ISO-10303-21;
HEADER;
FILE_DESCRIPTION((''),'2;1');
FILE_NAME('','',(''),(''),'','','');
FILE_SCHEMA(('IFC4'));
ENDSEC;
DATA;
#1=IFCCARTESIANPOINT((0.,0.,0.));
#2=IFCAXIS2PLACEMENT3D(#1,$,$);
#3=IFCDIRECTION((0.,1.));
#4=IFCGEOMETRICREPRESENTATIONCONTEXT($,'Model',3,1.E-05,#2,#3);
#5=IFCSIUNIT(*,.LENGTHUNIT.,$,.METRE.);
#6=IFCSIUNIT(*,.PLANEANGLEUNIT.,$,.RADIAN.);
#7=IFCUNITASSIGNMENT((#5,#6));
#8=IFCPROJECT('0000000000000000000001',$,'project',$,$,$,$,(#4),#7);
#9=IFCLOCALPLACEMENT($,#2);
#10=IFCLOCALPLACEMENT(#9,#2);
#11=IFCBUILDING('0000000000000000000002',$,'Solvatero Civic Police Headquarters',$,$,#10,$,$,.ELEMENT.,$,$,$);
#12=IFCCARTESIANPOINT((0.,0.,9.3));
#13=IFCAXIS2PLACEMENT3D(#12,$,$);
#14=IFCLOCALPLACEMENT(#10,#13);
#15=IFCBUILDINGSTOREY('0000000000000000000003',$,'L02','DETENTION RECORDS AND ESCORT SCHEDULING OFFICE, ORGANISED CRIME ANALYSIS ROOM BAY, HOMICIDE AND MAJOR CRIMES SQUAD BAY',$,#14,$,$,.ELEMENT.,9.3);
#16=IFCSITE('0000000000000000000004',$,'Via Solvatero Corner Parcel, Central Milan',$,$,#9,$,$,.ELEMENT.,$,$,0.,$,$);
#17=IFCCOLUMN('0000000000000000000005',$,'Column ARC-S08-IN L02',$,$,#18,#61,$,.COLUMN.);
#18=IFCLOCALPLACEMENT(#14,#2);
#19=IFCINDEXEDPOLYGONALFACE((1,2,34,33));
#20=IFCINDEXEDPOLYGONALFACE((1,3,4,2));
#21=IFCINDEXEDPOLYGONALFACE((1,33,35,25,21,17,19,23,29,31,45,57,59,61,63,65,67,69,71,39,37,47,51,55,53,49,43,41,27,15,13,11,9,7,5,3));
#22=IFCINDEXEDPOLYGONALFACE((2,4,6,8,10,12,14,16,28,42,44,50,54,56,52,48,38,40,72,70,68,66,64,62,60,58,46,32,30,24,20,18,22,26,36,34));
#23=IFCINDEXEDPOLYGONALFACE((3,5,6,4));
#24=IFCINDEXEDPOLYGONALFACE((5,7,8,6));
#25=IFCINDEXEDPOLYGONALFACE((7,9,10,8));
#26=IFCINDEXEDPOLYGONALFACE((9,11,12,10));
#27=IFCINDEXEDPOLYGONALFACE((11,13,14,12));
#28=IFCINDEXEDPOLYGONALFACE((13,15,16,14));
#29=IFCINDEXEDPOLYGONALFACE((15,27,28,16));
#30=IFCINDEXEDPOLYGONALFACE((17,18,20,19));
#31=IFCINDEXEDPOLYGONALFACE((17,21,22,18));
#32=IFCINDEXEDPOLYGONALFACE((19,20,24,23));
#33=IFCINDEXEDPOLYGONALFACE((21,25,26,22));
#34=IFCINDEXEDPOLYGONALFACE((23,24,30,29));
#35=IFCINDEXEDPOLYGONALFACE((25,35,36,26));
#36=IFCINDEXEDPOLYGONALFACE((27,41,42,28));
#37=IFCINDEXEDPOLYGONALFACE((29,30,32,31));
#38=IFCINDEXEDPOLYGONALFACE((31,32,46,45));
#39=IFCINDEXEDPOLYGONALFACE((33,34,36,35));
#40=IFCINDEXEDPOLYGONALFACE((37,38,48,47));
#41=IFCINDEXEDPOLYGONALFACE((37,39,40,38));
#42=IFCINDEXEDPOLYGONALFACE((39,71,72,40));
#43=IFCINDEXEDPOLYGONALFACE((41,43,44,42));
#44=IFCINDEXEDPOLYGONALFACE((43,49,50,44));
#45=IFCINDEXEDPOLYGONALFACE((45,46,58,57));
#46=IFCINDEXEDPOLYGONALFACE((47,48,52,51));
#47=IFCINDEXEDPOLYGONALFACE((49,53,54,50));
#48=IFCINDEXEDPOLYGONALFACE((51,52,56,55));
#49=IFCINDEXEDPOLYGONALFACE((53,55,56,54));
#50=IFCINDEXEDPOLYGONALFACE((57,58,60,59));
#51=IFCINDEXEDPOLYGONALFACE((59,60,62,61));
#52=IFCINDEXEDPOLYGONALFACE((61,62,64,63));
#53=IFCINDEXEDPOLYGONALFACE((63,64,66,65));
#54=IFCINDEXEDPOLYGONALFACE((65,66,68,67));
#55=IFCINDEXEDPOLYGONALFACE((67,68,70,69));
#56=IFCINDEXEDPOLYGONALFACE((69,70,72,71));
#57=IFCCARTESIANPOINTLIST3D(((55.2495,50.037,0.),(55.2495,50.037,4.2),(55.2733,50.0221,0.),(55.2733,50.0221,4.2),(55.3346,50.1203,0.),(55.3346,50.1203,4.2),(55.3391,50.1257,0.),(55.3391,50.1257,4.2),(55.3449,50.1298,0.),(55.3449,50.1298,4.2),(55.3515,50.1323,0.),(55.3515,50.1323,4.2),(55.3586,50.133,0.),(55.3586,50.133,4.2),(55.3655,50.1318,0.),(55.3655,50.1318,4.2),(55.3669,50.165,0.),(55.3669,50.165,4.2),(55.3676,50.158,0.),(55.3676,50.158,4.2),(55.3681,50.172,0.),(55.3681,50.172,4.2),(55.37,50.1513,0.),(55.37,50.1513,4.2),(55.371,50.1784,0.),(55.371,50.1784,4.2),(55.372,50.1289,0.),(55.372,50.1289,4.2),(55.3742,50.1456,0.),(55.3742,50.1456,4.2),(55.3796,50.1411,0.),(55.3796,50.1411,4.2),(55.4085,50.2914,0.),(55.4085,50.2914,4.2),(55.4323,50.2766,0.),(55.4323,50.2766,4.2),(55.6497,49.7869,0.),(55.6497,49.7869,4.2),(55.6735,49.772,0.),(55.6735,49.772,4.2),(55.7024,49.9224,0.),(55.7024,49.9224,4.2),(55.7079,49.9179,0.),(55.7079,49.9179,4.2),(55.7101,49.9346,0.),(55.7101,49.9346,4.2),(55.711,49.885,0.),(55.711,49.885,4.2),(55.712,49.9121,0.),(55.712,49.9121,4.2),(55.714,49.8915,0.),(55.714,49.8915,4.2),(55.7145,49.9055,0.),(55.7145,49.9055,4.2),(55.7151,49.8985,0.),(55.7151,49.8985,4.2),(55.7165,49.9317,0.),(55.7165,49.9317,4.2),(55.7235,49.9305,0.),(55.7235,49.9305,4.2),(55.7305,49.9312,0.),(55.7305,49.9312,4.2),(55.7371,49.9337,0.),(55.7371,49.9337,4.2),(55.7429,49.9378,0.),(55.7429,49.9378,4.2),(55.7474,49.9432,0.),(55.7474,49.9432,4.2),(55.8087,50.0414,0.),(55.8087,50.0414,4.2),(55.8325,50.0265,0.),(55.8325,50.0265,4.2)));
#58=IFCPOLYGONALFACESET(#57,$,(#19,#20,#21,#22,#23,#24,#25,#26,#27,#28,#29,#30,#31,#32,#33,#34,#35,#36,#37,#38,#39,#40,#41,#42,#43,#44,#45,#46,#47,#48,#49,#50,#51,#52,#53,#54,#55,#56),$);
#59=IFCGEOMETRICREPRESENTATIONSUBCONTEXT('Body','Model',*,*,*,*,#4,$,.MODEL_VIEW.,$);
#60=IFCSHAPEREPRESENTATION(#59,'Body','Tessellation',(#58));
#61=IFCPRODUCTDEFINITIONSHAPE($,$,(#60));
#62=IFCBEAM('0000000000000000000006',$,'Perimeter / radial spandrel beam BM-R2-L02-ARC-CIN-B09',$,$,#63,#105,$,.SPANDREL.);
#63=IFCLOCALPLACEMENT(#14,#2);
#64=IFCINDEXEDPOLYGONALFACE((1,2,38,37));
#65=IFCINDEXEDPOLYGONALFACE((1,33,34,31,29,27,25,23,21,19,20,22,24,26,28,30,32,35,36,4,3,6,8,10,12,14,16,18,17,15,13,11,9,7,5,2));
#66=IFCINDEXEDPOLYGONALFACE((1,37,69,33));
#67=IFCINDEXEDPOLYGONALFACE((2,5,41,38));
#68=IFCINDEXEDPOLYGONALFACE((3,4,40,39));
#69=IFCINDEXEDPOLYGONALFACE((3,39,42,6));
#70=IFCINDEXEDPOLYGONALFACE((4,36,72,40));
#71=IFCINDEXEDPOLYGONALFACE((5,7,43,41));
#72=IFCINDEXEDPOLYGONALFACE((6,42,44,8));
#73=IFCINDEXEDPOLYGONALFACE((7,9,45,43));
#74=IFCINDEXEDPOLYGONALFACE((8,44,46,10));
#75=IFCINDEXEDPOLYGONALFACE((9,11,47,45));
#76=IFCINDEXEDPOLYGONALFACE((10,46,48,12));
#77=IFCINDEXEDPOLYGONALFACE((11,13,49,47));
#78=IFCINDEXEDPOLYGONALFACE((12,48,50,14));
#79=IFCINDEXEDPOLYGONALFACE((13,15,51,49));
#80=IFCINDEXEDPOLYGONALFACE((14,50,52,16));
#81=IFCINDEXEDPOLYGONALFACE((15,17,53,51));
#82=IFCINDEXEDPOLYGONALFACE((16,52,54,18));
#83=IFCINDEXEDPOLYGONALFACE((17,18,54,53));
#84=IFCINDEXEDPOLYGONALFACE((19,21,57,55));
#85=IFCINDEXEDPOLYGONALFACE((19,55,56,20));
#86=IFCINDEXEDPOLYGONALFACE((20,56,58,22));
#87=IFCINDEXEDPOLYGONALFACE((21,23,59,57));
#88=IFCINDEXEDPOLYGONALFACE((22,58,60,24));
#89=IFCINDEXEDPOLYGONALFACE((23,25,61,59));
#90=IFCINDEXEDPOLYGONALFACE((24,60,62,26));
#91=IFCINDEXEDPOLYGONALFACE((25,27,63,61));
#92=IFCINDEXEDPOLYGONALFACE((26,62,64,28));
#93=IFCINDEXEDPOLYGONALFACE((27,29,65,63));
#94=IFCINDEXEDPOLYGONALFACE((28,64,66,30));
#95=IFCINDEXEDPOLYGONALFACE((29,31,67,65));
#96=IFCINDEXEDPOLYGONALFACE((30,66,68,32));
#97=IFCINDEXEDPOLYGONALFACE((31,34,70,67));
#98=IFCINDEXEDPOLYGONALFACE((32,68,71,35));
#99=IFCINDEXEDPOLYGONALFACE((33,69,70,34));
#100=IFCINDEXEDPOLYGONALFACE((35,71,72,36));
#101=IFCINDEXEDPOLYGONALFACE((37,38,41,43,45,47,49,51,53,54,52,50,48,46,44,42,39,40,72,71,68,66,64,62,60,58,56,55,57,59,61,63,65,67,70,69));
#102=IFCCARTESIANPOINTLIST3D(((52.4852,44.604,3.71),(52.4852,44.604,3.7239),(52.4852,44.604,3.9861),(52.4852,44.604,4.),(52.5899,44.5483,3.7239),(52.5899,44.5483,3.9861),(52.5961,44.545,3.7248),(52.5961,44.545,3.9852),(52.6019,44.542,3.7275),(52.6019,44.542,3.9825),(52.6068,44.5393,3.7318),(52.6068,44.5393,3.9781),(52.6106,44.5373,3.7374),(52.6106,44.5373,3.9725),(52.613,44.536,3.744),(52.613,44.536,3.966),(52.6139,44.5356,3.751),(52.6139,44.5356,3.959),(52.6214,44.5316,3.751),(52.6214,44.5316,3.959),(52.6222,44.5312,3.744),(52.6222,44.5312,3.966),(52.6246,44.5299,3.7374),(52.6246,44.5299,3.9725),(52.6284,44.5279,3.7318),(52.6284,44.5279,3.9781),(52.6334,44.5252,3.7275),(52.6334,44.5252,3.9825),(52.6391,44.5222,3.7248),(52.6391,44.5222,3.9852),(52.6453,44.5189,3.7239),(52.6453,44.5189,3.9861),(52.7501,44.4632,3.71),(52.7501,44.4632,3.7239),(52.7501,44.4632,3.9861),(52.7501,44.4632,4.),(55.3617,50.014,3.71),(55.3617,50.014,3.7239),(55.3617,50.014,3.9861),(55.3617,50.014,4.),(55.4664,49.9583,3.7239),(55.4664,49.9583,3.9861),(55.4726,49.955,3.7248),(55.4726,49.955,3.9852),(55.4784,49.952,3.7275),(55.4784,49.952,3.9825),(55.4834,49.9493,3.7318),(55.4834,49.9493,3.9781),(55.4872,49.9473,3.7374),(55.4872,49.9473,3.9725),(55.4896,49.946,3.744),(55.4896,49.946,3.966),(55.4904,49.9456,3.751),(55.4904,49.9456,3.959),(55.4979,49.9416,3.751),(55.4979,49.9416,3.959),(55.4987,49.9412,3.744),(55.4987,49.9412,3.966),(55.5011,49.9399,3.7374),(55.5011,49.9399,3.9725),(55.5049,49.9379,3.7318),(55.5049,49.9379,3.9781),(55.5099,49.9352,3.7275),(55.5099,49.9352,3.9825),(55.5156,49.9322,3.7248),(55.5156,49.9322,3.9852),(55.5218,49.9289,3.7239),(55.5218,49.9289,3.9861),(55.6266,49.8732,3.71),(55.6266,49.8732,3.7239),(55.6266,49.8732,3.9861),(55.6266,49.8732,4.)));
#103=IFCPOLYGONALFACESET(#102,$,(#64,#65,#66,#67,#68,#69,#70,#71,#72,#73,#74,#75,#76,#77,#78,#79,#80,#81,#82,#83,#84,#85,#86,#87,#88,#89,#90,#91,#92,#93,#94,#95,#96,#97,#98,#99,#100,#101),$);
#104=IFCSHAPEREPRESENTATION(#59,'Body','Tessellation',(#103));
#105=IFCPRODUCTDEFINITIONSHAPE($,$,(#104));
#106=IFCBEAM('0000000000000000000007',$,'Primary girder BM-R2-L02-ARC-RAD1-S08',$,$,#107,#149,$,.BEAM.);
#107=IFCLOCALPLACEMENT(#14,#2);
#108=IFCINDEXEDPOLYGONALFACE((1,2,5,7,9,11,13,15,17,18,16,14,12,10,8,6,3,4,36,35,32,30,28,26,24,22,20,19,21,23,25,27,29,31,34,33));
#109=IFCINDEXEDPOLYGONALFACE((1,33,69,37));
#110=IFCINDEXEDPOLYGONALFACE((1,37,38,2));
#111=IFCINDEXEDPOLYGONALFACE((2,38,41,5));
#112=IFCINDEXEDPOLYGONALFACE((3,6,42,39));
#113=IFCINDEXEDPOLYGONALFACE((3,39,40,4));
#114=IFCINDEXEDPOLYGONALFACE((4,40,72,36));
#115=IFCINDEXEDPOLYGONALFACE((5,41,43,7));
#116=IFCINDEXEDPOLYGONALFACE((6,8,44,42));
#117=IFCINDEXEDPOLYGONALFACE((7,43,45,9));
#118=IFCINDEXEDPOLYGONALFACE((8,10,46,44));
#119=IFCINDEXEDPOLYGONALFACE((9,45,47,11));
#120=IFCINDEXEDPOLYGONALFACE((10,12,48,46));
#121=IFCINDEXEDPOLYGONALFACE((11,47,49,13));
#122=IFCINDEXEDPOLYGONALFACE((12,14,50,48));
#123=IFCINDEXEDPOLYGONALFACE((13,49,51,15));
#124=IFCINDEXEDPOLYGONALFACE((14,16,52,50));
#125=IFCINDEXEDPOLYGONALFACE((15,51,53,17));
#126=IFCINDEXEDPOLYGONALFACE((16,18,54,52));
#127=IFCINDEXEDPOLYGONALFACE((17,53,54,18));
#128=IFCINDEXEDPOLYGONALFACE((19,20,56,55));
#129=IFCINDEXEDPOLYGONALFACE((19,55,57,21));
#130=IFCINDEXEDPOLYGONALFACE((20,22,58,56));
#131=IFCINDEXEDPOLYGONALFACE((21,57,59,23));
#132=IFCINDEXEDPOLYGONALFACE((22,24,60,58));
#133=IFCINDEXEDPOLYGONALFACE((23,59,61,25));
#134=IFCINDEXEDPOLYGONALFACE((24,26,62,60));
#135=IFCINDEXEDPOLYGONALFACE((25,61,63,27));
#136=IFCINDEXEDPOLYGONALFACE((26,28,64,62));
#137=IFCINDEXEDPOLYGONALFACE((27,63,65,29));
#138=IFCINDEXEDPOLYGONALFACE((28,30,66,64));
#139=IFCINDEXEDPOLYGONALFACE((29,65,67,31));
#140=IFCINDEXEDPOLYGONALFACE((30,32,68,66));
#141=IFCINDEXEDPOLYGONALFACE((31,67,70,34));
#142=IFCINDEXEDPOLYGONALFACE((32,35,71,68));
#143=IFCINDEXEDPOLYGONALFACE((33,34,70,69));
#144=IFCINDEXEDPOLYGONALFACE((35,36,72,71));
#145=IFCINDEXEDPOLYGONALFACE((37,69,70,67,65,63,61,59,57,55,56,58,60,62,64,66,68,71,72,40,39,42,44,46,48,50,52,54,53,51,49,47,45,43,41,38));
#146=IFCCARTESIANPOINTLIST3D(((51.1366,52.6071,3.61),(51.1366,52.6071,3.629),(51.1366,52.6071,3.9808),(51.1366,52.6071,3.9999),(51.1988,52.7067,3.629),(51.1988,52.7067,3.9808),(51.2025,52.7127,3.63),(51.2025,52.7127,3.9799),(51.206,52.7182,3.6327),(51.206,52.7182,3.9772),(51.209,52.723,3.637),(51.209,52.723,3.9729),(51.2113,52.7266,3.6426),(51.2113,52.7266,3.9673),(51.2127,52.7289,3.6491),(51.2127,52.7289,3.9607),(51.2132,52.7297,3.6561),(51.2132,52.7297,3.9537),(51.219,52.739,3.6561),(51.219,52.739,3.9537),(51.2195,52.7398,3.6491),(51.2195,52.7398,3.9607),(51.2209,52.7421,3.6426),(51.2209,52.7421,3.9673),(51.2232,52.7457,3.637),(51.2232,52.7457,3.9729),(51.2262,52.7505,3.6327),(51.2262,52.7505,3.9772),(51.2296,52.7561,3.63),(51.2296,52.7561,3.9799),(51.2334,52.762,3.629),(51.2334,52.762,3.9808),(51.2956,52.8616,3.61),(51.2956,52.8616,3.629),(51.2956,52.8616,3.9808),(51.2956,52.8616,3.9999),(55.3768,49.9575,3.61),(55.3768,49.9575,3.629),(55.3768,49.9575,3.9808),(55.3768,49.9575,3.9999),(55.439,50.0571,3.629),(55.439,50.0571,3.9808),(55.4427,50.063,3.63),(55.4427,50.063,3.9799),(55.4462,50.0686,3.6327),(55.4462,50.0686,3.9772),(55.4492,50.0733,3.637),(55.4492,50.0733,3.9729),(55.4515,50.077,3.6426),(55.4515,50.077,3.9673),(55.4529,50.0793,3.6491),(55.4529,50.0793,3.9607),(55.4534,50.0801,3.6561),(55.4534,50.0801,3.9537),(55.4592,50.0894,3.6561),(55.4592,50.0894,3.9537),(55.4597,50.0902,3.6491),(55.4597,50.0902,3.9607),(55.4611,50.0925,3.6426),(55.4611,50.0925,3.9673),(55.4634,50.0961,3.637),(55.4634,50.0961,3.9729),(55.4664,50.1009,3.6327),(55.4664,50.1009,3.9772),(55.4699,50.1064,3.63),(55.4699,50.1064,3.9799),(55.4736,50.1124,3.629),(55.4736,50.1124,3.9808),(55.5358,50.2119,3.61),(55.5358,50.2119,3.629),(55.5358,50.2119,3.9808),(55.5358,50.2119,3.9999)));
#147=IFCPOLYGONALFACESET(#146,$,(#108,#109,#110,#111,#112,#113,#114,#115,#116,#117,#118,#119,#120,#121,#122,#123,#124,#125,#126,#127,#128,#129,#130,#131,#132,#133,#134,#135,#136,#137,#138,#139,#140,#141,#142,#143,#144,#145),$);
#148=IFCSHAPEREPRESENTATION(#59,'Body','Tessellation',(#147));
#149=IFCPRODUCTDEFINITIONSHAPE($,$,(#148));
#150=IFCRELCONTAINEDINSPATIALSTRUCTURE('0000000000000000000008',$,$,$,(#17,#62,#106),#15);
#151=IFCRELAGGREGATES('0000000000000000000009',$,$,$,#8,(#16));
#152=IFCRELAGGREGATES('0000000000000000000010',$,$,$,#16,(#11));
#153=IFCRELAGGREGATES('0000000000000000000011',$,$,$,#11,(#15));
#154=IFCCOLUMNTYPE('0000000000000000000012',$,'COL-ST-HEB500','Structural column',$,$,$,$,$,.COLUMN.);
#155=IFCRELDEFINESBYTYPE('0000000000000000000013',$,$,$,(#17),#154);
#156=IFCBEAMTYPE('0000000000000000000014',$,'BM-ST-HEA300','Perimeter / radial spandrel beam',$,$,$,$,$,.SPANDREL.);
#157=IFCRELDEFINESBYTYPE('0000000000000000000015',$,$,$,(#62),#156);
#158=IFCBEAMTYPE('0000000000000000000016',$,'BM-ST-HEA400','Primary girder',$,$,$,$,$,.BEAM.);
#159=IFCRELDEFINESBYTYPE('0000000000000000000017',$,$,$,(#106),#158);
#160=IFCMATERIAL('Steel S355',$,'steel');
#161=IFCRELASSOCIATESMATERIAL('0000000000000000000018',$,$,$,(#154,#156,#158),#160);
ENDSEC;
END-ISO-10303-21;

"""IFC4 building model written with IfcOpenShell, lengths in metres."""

from ifc_helpers import new_model, si_unit, direction, frame, origin, origin_2d, place, context, subcontext, project, spatial, i_section, extrude, material, material_profile, profile_set, type_object, element, save


model = new_model("IFC4")

# Units and contexts
model_context = context("Model", 3, precision=1e-05, world=origin(), true_north=direction((0.0, 1.0)))
body_context = subcontext(model_context, "Body", "Model", "MODEL_VIEW")
ifc_project = project(units=[si_unit("LENGTHUNIT", "METRE"), si_unit("PLANEANGLEUNIT", "RADIAN")], contexts=[model_context])

# Site, building, storey
site_placement = place(None, origin())
site = spatial("IfcSite", under=ifc_project, at=site_placement, Name="Via Solvatero Corner Parcel, Central Milan", CompositionType="ELEMENT", RefElevation=0.0)
building_placement = place(site_placement, origin())
building = spatial("IfcBuilding", under=site, at=building_placement, Name="Solvatero Civic Police Headquarters", CompositionType="ELEMENT")
storey_placement = place(building_placement, frame((0.0, 0.0, 9.3)))
storey = spatial("IfcBuildingStorey", under=building, at=storey_placement, Name="L02", Description="DETENTION RECORDS AND ESCORT SCHEDULING OFFICE, ORGANISED CRIME ANALYSIS ROOM BAY, HOMICIDE AND MAJOR CRIMES SQUAD BAY", CompositionType="ELEMENT", Elevation=9.3)

# Column
ifc_material_1 = material(Name="Steel S355", Category="steel")
ifc_material_profile_1 = material_profile(ifc_material_1, i_section(OverallWidth=0.3, OverallDepth=0.5, WebThickness=0.0144, FlangeThickness=0.0281, FilletRadius=0.0271, at=origin_2d()), Name="HEB 500")
ifc_profile_set_1 = profile_set([ifc_material_profile_1], Name="Steel S355")
column_type = type_object("IfcColumnType", Name="COL-ST-HEB500", Description="Structural column", PredefinedType="COLUMN", material=ifc_profile_set_1)
column_placement = place(storey_placement, frame((55.541, 50.0317, 0.0), z_axis=(0.0, 0.0, 1.0), x_axis=(0.529919, 0.848048, 0.0)))
element("IfcColumn", 1, at=column_placement, inside=storey, type_object=column_type, Name="Column ARC-S08-IN L02", PredefinedType="COLUMN", context=body_context, shape_type="SweptSolid", body=[
    extrude(i_section(OverallWidth=0.3, OverallDepth=0.5, WebThickness=0.0144, FlangeThickness=0.0281, FilletRadius=0.0271, at=origin_2d()), origin(), (0.0, 0.0, 1.0), 4.2),
])

# Beams
ifc_material_profile_2 = material_profile(ifc_material_1, i_section(OverallWidth=0.3, OverallDepth=0.29, WebThickness=0.0085, FlangeThickness=0.0139, FilletRadius=0.0271, at=origin_2d()), Name="HEA 300")
ifc_profile_set_2 = profile_set([ifc_material_profile_2], Name="Steel S355")
beam_type_1 = type_object("IfcBeamType", Name="BM-ST-HEA300", Description="Perimeter / radial spandrel beam", PredefinedType="SPANDREL", material=ifc_profile_set_2)
beam_1_placement = place(storey_placement, frame((55.4941, 49.9436, 3.855), z_axis=(-0.469467, -0.88295, 0.0), x_axis=(0.88295, -0.469467, 0.0)))
element("IfcBeam", 2, at=beam_1_placement, inside=storey, type_object=beam_type_1, Name="Perimeter / radial spandrel beam BM-R2-L02-ARC-CIN-B09", PredefinedType="SPANDREL", context=body_context, shape_type="SweptSolid", body=[
    extrude(i_section(OverallWidth=0.3, OverallDepth=0.29, WebThickness=0.0085, FlangeThickness=0.0139, FilletRadius=0.0271, at=origin_2d()), origin(), (0.0, 0.0, 1.0), 6.1272),
])
ifc_material_profile_3 = material_profile(ifc_material_1, i_section(OverallWidth=0.3, OverallDepth=0.3899, WebThickness=0.011, FlangeThickness=0.019, FilletRadius=0.0271, at=origin_2d()), Name="HEA 400")
ifc_profile_set_3 = profile_set([ifc_material_profile_3], Name="Steel S355")
beam_type_2 = type_object("IfcBeamType", Name="BM-ST-HEA400", Description="Primary girder", PredefinedType="BEAM", material=ifc_profile_set_3)
beam_2_placement = place(storey_placement, frame((55.4563, 50.0847, 3.8049), z_axis=(-0.848042, 0.529929, 0.0), x_axis=(-0.529929, -0.848042, 0.0)))
element("IfcBeam", 3, at=beam_2_placement, inside=storey, type_object=beam_type_2, Name="Primary girder BM-R2-L02-ARC-RAD1-S08", PredefinedType="BEAM", context=body_context, shape_type="SweptSolid", body=[
    extrude(i_section(OverallWidth=0.3, OverallDepth=0.3899, WebThickness=0.011, FlangeThickness=0.019, FilletRadius=0.0271, at=origin_2d()), origin(), (0.0, 0.0, 1.0), 5.0),
])

save(model, "model.ifc")
